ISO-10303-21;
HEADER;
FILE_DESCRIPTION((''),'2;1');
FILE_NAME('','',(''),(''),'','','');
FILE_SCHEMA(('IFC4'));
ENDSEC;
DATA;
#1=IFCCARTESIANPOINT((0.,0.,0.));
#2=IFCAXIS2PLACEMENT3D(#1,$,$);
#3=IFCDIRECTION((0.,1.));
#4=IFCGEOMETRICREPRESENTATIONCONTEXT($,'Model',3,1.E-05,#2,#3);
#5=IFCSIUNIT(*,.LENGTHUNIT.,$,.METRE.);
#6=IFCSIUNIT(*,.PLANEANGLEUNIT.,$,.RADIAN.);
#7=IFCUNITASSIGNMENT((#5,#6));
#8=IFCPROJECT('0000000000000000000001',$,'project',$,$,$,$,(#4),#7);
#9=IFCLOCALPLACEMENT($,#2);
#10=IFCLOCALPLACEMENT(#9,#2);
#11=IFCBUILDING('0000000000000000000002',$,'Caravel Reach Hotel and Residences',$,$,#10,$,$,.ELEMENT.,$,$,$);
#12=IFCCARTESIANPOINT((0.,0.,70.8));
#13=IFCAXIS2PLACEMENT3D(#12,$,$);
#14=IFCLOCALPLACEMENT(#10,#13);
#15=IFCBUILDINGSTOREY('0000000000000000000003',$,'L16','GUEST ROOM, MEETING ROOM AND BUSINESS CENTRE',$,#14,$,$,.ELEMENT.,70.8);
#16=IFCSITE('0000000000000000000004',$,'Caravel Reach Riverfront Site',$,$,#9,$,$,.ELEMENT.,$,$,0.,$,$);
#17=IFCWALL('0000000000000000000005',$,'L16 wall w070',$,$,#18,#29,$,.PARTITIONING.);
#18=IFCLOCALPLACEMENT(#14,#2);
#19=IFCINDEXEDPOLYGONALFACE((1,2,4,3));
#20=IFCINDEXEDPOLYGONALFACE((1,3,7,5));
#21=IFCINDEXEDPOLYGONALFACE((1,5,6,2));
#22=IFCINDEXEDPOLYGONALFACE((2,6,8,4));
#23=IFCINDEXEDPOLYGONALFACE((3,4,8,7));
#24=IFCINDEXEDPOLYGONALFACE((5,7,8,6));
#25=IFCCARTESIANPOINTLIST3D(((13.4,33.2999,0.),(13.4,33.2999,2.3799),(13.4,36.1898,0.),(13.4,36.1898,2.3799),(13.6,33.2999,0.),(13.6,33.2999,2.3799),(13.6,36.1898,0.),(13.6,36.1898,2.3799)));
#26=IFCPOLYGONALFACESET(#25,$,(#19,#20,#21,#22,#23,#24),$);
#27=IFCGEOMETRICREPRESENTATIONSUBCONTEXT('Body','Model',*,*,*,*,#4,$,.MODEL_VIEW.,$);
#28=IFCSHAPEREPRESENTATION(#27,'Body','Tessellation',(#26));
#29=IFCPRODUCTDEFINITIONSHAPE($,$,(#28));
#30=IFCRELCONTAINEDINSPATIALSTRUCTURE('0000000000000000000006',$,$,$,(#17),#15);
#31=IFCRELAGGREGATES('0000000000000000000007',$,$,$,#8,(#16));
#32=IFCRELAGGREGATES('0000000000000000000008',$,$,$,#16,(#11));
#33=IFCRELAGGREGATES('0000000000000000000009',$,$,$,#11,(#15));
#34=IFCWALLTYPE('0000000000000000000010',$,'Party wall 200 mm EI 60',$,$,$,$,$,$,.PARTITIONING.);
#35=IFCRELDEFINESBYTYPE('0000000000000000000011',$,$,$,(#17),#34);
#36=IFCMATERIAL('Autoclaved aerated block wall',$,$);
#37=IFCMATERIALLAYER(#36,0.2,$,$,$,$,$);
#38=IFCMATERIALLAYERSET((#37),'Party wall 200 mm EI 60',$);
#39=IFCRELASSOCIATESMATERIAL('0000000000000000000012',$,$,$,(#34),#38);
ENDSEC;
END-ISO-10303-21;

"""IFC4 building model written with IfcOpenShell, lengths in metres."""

from ifc_helpers import new_model, si_unit, direction, frame, frame_2d, origin, place, context, subcontext, project, spatial, rectangle, extrude, material, layer, layer_set, type_object, element, save


model = new_model("IFC4")

# Units and contexts
model_context = context("Model", 3, precision=1e-05, world=origin(), true_north=direction((0.0, 1.0)))
body_context = subcontext(model_context, "Body", "Model", "MODEL_VIEW")
ifc_project = project(units=[si_unit("LENGTHUNIT", "METRE"), si_unit("PLANEANGLEUNIT", "RADIAN")], contexts=[model_context])

# Site, building, storey
site_placement = place(None, origin())
site = spatial("IfcSite", under=ifc_project, at=site_placement, Name="Caravel Reach Riverfront Site", CompositionType="ELEMENT", RefElevation=0.0)
building_placement = place(site_placement, origin())
building = spatial("IfcBuilding", under=site, at=building_placement, Name="Caravel Reach Hotel and Residences", CompositionType="ELEMENT")
storey_placement = place(building_placement, frame((0.0, 0.0, 70.8)))
storey = spatial("IfcBuildingStorey", under=building, at=storey_placement, Name="L16", Description="GUEST ROOM, MEETING ROOM AND BUSINESS CENTRE", CompositionType="ELEMENT", Elevation=70.8)

# Wall
ifc_material_1 = material(Name="Autoclaved aerated block wall")
ifc_layer_1 = layer(ifc_material_1, 0.2)
ifc_layer_set_1 = layer_set([ifc_layer_1], Name="Party wall 200 mm EI 60")
wall_type_1 = type_object("IfcWallType", Name="Party wall 200 mm EI 60", PredefinedType="PARTITIONING", material=ifc_layer_set_1)
wall_1_placement = place(storey_placement, frame((13.5, 33.3, 0.0), z_axis=(0.0, 0.0, 1.0), x_axis=(0.0, 1.0, 0.0)))
element("IfcWall", 1, at=wall_1_placement, inside=storey, type_object=wall_type_1, Name="L16 wall w070", PredefinedType="PARTITIONING", context=body_context, shape_type="SweptSolid", body=[
    extrude(rectangle(XDim=2.8899, YDim=0.2, at=frame_2d((1.4448, 0.0))), origin(), (0.0, 0.0, 1.0), 2.3799),
])

save(model, "model.ifc")
